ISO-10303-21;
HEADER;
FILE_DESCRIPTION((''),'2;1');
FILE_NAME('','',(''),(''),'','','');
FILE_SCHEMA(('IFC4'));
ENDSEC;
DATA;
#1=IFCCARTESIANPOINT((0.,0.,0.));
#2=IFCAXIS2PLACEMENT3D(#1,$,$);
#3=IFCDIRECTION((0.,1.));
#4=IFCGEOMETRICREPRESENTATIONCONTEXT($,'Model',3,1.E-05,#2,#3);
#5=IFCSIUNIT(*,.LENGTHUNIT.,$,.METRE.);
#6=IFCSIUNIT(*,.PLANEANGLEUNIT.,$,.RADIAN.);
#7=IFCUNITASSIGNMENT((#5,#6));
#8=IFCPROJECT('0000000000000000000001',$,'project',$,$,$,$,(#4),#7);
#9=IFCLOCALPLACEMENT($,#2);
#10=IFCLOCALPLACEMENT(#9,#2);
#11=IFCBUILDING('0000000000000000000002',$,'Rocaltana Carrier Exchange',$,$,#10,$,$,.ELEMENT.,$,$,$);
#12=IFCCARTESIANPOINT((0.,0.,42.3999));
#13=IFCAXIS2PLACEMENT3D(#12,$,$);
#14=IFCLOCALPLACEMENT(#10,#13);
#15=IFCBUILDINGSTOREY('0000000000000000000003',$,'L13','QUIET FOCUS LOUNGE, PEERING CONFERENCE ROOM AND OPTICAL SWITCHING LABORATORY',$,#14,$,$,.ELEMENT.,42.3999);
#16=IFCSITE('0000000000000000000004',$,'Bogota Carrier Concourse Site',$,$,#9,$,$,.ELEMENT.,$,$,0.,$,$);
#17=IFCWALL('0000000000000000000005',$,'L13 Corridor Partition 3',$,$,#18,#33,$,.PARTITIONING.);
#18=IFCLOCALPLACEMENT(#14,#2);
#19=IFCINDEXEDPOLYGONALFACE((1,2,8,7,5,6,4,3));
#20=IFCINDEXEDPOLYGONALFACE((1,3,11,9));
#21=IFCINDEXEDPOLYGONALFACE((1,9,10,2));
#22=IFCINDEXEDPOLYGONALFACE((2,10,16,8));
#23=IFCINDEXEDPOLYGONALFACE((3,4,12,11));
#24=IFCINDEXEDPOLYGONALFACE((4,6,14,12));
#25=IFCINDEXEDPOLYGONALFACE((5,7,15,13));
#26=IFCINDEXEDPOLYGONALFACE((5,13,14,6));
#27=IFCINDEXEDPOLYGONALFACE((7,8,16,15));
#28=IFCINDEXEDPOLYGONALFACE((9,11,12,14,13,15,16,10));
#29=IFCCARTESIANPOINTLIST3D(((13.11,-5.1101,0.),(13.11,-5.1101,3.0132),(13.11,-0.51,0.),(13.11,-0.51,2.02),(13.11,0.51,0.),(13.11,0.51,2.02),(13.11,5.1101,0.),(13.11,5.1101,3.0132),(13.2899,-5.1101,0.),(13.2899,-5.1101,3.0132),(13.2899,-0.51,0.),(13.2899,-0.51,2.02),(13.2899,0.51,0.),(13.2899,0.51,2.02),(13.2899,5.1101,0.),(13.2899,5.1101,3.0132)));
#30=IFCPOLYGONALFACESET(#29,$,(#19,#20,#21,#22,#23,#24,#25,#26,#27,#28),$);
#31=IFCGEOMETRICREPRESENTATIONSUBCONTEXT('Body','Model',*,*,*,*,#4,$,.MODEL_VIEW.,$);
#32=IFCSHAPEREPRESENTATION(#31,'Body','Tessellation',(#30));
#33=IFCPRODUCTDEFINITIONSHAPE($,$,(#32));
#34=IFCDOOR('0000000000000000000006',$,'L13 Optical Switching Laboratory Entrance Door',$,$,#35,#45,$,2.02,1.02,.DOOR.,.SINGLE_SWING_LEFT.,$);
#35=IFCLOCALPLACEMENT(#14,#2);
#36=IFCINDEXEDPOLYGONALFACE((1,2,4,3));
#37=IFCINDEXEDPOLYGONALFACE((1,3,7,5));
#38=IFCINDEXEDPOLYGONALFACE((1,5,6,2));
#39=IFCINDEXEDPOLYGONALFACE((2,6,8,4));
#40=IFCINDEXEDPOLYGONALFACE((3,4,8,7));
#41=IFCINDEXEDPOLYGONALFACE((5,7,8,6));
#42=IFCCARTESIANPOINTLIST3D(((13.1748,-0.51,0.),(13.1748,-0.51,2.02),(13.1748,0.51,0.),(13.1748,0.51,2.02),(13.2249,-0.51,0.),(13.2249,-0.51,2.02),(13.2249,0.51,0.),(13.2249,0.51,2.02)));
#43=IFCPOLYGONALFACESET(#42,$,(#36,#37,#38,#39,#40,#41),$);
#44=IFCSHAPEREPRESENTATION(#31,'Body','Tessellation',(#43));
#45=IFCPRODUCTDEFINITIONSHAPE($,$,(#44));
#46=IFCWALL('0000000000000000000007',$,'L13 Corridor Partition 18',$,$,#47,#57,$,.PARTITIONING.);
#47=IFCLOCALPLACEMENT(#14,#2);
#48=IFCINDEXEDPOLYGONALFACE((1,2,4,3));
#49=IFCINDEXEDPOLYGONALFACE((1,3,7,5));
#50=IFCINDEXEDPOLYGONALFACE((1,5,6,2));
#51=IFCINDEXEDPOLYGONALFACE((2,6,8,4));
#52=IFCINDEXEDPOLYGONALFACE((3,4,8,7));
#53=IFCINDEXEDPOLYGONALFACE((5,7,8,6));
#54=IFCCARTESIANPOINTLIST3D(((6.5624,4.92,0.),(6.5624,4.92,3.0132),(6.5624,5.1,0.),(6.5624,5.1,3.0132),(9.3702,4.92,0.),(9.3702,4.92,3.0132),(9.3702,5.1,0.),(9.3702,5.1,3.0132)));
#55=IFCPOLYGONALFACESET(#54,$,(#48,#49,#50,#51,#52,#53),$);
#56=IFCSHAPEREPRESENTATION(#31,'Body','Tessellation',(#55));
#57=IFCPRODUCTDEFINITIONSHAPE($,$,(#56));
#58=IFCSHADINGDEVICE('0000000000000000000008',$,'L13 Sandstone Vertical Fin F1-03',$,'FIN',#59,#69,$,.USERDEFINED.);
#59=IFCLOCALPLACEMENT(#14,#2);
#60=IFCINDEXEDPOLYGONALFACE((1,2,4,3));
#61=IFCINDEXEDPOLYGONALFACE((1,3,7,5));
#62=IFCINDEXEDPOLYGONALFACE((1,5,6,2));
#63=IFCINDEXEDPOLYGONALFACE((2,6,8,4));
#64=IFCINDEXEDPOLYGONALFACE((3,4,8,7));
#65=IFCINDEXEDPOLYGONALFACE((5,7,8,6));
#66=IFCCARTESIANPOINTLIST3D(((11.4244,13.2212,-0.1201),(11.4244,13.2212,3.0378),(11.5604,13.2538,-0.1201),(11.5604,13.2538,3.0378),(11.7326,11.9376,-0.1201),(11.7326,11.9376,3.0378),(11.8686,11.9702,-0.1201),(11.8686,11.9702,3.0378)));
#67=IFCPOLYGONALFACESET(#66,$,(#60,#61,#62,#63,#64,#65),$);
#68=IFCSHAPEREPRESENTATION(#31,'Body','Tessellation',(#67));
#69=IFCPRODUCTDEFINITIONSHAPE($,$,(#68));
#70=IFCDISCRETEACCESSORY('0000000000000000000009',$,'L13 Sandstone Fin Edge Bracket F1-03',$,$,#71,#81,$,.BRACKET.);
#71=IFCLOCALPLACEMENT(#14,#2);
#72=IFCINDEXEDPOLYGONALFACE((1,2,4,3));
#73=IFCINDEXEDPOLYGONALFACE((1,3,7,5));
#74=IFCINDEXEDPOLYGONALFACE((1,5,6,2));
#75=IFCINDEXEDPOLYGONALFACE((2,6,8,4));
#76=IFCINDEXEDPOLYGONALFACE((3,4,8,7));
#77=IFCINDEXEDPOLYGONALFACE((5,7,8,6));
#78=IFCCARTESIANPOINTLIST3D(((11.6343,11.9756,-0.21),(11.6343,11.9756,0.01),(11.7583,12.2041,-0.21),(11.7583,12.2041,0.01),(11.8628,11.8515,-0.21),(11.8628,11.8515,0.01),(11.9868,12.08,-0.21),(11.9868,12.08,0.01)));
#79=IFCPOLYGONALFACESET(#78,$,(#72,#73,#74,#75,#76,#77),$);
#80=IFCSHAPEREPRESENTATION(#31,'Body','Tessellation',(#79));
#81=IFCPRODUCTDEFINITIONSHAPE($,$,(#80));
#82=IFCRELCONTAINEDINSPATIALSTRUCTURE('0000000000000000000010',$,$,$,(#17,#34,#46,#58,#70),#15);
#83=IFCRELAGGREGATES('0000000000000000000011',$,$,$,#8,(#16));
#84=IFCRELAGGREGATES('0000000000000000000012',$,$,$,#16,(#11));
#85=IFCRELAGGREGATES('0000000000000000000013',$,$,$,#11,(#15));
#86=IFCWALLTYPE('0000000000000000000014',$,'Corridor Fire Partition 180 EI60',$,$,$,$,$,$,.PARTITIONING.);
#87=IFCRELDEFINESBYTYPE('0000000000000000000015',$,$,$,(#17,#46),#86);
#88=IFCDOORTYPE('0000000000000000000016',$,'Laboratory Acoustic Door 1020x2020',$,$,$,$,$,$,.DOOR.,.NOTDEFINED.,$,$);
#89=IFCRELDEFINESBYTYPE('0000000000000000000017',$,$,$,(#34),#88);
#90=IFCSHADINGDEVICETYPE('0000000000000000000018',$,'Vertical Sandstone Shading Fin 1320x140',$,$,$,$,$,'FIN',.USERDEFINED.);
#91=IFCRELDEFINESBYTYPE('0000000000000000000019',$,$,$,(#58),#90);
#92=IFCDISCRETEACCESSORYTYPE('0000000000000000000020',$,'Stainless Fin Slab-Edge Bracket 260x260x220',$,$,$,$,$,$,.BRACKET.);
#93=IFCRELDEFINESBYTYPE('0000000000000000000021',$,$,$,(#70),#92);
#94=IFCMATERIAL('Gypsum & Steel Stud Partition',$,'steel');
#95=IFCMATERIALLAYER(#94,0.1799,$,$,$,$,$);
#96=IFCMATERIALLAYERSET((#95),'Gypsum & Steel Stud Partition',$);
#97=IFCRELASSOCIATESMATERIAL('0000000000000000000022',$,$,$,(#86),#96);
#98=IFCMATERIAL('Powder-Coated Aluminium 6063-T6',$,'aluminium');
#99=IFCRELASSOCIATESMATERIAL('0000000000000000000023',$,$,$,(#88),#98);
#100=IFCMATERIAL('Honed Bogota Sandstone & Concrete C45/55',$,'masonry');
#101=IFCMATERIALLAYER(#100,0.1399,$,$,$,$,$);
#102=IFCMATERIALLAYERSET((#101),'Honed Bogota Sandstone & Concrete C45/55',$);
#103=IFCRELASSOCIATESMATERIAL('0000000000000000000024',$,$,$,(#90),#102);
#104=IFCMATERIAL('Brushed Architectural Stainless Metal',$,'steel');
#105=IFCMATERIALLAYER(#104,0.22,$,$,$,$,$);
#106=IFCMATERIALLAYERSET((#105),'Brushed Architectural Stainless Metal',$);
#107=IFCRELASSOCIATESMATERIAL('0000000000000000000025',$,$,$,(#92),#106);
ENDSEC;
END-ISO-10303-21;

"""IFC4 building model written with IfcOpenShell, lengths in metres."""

from ifc_helpers import new_model, si_unit, direction, frame, frame_2d, origin, origin_2d, place, context, subcontext, project, spatial, rectangle, extrude, material, layer, layer_set, type_object, element, fill, save


model = new_model("IFC4")

# Units and contexts
model_context = context("Model", 3, precision=1e-05, world=origin(), true_north=direction((0.0, 1.0)))
body_context = subcontext(model_context, "Body", "Model", "MODEL_VIEW")
ifc_project = project(units=[si_unit("LENGTHUNIT", "METRE"), si_unit("PLANEANGLEUNIT", "RADIAN")], contexts=[model_context])

# Site, building, storey
site_placement = place(None, origin())
site = spatial("IfcSite", under=ifc_project, at=site_placement, Name="Bogota Carrier Concourse Site", CompositionType="ELEMENT", RefElevation=0.0)
building_placement = place(site_placement, origin())
building = spatial("IfcBuilding", under=site, at=building_placement, Name="Rocaltana Carrier Exchange", CompositionType="ELEMENT")
storey_placement = place(building_placement, frame((0.0, 0.0, 42.3999)))
storey = spatial("IfcBuildingStorey", under=building, at=storey_placement, Name="L13", Description="QUIET FOCUS LOUNGE, PEERING CONFERENCE ROOM AND OPTICAL SWITCHING LABORATORY", CompositionType="ELEMENT", Elevation=42.3999)

# Shared definitions
ifc_material_1 = material(Name="Gypsum & Steel Stud Partition", Category="steel")
ifc_layer_1 = layer(ifc_material_1, 0.1799)
ifc_layer_set_1 = layer_set([ifc_layer_1], Name="Gypsum & Steel Stud Partition")
wall_type_1 = type_object("IfcWallType", Name="Corridor Fire Partition 180 EI60", PredefinedType="PARTITIONING", material=ifc_layer_set_1)

# Wall, opening, door
wall_1_placement = place(storey_placement, frame((13.2, 5.1101, 0.0), z_axis=(0.0, 0.0, 1.0), x_axis=(0.0, -1.0, 0.0)))
wall_1 = element("IfcWall", 1, at=wall_1_placement, inside=storey, type_object=wall_type_1, Name="L13 Corridor Partition 3", PredefinedType="PARTITIONING", context=body_context, shape_type="SweptSolid", body=[
    extrude(rectangle(XDim=10.2202, YDim=0.1799, at=frame_2d((5.1101, 0.0))), origin(), (0.0, 0.0, 1.0), 3.0132),
])
opening_placement = place(wall_1_placement, frame((4.6001, 0.0, 0.0)))
opening = element("IfcOpeningElement", 2, at=opening_placement, cuts=wall_1, PredefinedType="OPENING", context=body_context, shape_type="SweptSolid", body=[
    extrude(rectangle(XDim=1.02, YDim=2.02, at=frame_2d((0.51, 1.01))), frame((0.0, 0.0999, 0.0), z_axis=(0.0, -1.0, 0.0), x_axis=(1.0, 0.0, 0.0)), (0.0, 0.0, 1.0), 0.2),
])
ifc_material_2 = material(Name="Powder-Coated Aluminium 6063-T6", Category="aluminium")
door_type = type_object("IfcDoorType", Name="Laboratory Acoustic Door 1020x2020", OperationType="NOTDEFINED", PredefinedType="DOOR", material=ifc_material_2)
door_placement = place(opening_placement, origin())
door = element("IfcDoor", 3, at=door_placement, inside=storey, type_object=door_type, Name="L13 Optical Switching Laboratory Entrance Door", OperationType="SINGLE_SWING_LEFT", OverallHeight=2.02, OverallWidth=1.02, PredefinedType="DOOR", context=body_context, shape_type="SweptSolid", body=[
    extrude(rectangle(XDim=1.02, YDim=2.02, at=frame_2d((0.51, 1.01))), frame((0.0, 0.0249, 0.0), z_axis=(0.0, -1.0, 0.0), x_axis=(1.0, 0.0, 0.0)), (0.0, 0.0, 1.0), 0.05),
])
fill(opening, door)

# Wall
wall_2_placement = place(storey_placement, frame((9.3701, 5.01, 0.0), z_axis=(0.0, 0.0, 1.0), x_axis=(-1.0, 0.0, 0.0)))
element("IfcWall", 4, at=wall_2_placement, inside=storey, type_object=wall_type_1, Name="L13 Corridor Partition 18", PredefinedType="PARTITIONING", context=body_context, shape_type="SweptSolid", body=[
    extrude(rectangle(XDim=2.8079, YDim=0.1799, at=frame_2d((1.4038, 0.0))), origin(), (0.0, 0.0, 1.0), 3.0132),
])

# Shading device
ifc_material_3 = material(Name="Honed Bogota Sandstone & Concrete C45/55", Category="masonry")
ifc_layer_2 = layer(ifc_material_3, 0.1399)
ifc_layer_set_2 = layer_set([ifc_layer_2], Name="Honed Bogota Sandstone & Concrete C45/55")
shading_device_type = type_object("IfcShadingDeviceType", Name="Vertical Sandstone Shading Fin 1320x140", ElementType="FIN", PredefinedType="USERDEFINED", material=ifc_layer_set_2)
shading_device_placement = place(storey_placement, frame((11.6465, 12.5957, -0.1201), z_axis=(0.0, 0.0, 1.0), x_axis=(-0.233445, 0.97237, 0.0)))
element("IfcShadingDevice", 5, at=shading_device_placement, inside=storey, type_object=shading_device_type, Name="L13 Sandstone Vertical Fin F1-03", ObjectType="FIN", PredefinedType="USERDEFINED", context=body_context, shape_type="SweptSolid", body=[
    extrude(rectangle(XDim=1.3201, YDim=0.1399, at=origin_2d()), origin(), (0.0, 0.0, 1.0), 3.158),
])

# Discrete accessory
ifc_material_4 = material(Name="Brushed Architectural Stainless Metal", Category="steel")
ifc_layer_3 = layer(ifc_material_4, 0.22)
ifc_layer_set_3 = layer_set([ifc_layer_3], Name="Brushed Architectural Stainless Metal")
discrete_accessory_type = type_object("IfcDiscreteAccessoryType", Name="Stainless Fin Slab-Edge Bracket 260x260x220", PredefinedType="BRACKET", material=ifc_layer_set_3)
discrete_accessory_placement = place(storey_placement, frame((11.8105, 12.0278, -0.21), z_axis=(0.0, 0.0, 1.0), x_axis=(-0.878817, 0.477159, 0.0)))
element("IfcDiscreteAccessory", 6, at=discrete_accessory_placement, inside=storey, type_object=discrete_accessory_type, Name="L13 Sandstone Fin Edge Bracket F1-03", PredefinedType="BRACKET", context=body_context, shape_type="SweptSolid", body=[
    extrude(rectangle(XDim=0.26, YDim=0.26, at=origin_2d()), origin(), (0.0, 0.0, 1.0), 0.22),
])

save(model, "model.ifc")
